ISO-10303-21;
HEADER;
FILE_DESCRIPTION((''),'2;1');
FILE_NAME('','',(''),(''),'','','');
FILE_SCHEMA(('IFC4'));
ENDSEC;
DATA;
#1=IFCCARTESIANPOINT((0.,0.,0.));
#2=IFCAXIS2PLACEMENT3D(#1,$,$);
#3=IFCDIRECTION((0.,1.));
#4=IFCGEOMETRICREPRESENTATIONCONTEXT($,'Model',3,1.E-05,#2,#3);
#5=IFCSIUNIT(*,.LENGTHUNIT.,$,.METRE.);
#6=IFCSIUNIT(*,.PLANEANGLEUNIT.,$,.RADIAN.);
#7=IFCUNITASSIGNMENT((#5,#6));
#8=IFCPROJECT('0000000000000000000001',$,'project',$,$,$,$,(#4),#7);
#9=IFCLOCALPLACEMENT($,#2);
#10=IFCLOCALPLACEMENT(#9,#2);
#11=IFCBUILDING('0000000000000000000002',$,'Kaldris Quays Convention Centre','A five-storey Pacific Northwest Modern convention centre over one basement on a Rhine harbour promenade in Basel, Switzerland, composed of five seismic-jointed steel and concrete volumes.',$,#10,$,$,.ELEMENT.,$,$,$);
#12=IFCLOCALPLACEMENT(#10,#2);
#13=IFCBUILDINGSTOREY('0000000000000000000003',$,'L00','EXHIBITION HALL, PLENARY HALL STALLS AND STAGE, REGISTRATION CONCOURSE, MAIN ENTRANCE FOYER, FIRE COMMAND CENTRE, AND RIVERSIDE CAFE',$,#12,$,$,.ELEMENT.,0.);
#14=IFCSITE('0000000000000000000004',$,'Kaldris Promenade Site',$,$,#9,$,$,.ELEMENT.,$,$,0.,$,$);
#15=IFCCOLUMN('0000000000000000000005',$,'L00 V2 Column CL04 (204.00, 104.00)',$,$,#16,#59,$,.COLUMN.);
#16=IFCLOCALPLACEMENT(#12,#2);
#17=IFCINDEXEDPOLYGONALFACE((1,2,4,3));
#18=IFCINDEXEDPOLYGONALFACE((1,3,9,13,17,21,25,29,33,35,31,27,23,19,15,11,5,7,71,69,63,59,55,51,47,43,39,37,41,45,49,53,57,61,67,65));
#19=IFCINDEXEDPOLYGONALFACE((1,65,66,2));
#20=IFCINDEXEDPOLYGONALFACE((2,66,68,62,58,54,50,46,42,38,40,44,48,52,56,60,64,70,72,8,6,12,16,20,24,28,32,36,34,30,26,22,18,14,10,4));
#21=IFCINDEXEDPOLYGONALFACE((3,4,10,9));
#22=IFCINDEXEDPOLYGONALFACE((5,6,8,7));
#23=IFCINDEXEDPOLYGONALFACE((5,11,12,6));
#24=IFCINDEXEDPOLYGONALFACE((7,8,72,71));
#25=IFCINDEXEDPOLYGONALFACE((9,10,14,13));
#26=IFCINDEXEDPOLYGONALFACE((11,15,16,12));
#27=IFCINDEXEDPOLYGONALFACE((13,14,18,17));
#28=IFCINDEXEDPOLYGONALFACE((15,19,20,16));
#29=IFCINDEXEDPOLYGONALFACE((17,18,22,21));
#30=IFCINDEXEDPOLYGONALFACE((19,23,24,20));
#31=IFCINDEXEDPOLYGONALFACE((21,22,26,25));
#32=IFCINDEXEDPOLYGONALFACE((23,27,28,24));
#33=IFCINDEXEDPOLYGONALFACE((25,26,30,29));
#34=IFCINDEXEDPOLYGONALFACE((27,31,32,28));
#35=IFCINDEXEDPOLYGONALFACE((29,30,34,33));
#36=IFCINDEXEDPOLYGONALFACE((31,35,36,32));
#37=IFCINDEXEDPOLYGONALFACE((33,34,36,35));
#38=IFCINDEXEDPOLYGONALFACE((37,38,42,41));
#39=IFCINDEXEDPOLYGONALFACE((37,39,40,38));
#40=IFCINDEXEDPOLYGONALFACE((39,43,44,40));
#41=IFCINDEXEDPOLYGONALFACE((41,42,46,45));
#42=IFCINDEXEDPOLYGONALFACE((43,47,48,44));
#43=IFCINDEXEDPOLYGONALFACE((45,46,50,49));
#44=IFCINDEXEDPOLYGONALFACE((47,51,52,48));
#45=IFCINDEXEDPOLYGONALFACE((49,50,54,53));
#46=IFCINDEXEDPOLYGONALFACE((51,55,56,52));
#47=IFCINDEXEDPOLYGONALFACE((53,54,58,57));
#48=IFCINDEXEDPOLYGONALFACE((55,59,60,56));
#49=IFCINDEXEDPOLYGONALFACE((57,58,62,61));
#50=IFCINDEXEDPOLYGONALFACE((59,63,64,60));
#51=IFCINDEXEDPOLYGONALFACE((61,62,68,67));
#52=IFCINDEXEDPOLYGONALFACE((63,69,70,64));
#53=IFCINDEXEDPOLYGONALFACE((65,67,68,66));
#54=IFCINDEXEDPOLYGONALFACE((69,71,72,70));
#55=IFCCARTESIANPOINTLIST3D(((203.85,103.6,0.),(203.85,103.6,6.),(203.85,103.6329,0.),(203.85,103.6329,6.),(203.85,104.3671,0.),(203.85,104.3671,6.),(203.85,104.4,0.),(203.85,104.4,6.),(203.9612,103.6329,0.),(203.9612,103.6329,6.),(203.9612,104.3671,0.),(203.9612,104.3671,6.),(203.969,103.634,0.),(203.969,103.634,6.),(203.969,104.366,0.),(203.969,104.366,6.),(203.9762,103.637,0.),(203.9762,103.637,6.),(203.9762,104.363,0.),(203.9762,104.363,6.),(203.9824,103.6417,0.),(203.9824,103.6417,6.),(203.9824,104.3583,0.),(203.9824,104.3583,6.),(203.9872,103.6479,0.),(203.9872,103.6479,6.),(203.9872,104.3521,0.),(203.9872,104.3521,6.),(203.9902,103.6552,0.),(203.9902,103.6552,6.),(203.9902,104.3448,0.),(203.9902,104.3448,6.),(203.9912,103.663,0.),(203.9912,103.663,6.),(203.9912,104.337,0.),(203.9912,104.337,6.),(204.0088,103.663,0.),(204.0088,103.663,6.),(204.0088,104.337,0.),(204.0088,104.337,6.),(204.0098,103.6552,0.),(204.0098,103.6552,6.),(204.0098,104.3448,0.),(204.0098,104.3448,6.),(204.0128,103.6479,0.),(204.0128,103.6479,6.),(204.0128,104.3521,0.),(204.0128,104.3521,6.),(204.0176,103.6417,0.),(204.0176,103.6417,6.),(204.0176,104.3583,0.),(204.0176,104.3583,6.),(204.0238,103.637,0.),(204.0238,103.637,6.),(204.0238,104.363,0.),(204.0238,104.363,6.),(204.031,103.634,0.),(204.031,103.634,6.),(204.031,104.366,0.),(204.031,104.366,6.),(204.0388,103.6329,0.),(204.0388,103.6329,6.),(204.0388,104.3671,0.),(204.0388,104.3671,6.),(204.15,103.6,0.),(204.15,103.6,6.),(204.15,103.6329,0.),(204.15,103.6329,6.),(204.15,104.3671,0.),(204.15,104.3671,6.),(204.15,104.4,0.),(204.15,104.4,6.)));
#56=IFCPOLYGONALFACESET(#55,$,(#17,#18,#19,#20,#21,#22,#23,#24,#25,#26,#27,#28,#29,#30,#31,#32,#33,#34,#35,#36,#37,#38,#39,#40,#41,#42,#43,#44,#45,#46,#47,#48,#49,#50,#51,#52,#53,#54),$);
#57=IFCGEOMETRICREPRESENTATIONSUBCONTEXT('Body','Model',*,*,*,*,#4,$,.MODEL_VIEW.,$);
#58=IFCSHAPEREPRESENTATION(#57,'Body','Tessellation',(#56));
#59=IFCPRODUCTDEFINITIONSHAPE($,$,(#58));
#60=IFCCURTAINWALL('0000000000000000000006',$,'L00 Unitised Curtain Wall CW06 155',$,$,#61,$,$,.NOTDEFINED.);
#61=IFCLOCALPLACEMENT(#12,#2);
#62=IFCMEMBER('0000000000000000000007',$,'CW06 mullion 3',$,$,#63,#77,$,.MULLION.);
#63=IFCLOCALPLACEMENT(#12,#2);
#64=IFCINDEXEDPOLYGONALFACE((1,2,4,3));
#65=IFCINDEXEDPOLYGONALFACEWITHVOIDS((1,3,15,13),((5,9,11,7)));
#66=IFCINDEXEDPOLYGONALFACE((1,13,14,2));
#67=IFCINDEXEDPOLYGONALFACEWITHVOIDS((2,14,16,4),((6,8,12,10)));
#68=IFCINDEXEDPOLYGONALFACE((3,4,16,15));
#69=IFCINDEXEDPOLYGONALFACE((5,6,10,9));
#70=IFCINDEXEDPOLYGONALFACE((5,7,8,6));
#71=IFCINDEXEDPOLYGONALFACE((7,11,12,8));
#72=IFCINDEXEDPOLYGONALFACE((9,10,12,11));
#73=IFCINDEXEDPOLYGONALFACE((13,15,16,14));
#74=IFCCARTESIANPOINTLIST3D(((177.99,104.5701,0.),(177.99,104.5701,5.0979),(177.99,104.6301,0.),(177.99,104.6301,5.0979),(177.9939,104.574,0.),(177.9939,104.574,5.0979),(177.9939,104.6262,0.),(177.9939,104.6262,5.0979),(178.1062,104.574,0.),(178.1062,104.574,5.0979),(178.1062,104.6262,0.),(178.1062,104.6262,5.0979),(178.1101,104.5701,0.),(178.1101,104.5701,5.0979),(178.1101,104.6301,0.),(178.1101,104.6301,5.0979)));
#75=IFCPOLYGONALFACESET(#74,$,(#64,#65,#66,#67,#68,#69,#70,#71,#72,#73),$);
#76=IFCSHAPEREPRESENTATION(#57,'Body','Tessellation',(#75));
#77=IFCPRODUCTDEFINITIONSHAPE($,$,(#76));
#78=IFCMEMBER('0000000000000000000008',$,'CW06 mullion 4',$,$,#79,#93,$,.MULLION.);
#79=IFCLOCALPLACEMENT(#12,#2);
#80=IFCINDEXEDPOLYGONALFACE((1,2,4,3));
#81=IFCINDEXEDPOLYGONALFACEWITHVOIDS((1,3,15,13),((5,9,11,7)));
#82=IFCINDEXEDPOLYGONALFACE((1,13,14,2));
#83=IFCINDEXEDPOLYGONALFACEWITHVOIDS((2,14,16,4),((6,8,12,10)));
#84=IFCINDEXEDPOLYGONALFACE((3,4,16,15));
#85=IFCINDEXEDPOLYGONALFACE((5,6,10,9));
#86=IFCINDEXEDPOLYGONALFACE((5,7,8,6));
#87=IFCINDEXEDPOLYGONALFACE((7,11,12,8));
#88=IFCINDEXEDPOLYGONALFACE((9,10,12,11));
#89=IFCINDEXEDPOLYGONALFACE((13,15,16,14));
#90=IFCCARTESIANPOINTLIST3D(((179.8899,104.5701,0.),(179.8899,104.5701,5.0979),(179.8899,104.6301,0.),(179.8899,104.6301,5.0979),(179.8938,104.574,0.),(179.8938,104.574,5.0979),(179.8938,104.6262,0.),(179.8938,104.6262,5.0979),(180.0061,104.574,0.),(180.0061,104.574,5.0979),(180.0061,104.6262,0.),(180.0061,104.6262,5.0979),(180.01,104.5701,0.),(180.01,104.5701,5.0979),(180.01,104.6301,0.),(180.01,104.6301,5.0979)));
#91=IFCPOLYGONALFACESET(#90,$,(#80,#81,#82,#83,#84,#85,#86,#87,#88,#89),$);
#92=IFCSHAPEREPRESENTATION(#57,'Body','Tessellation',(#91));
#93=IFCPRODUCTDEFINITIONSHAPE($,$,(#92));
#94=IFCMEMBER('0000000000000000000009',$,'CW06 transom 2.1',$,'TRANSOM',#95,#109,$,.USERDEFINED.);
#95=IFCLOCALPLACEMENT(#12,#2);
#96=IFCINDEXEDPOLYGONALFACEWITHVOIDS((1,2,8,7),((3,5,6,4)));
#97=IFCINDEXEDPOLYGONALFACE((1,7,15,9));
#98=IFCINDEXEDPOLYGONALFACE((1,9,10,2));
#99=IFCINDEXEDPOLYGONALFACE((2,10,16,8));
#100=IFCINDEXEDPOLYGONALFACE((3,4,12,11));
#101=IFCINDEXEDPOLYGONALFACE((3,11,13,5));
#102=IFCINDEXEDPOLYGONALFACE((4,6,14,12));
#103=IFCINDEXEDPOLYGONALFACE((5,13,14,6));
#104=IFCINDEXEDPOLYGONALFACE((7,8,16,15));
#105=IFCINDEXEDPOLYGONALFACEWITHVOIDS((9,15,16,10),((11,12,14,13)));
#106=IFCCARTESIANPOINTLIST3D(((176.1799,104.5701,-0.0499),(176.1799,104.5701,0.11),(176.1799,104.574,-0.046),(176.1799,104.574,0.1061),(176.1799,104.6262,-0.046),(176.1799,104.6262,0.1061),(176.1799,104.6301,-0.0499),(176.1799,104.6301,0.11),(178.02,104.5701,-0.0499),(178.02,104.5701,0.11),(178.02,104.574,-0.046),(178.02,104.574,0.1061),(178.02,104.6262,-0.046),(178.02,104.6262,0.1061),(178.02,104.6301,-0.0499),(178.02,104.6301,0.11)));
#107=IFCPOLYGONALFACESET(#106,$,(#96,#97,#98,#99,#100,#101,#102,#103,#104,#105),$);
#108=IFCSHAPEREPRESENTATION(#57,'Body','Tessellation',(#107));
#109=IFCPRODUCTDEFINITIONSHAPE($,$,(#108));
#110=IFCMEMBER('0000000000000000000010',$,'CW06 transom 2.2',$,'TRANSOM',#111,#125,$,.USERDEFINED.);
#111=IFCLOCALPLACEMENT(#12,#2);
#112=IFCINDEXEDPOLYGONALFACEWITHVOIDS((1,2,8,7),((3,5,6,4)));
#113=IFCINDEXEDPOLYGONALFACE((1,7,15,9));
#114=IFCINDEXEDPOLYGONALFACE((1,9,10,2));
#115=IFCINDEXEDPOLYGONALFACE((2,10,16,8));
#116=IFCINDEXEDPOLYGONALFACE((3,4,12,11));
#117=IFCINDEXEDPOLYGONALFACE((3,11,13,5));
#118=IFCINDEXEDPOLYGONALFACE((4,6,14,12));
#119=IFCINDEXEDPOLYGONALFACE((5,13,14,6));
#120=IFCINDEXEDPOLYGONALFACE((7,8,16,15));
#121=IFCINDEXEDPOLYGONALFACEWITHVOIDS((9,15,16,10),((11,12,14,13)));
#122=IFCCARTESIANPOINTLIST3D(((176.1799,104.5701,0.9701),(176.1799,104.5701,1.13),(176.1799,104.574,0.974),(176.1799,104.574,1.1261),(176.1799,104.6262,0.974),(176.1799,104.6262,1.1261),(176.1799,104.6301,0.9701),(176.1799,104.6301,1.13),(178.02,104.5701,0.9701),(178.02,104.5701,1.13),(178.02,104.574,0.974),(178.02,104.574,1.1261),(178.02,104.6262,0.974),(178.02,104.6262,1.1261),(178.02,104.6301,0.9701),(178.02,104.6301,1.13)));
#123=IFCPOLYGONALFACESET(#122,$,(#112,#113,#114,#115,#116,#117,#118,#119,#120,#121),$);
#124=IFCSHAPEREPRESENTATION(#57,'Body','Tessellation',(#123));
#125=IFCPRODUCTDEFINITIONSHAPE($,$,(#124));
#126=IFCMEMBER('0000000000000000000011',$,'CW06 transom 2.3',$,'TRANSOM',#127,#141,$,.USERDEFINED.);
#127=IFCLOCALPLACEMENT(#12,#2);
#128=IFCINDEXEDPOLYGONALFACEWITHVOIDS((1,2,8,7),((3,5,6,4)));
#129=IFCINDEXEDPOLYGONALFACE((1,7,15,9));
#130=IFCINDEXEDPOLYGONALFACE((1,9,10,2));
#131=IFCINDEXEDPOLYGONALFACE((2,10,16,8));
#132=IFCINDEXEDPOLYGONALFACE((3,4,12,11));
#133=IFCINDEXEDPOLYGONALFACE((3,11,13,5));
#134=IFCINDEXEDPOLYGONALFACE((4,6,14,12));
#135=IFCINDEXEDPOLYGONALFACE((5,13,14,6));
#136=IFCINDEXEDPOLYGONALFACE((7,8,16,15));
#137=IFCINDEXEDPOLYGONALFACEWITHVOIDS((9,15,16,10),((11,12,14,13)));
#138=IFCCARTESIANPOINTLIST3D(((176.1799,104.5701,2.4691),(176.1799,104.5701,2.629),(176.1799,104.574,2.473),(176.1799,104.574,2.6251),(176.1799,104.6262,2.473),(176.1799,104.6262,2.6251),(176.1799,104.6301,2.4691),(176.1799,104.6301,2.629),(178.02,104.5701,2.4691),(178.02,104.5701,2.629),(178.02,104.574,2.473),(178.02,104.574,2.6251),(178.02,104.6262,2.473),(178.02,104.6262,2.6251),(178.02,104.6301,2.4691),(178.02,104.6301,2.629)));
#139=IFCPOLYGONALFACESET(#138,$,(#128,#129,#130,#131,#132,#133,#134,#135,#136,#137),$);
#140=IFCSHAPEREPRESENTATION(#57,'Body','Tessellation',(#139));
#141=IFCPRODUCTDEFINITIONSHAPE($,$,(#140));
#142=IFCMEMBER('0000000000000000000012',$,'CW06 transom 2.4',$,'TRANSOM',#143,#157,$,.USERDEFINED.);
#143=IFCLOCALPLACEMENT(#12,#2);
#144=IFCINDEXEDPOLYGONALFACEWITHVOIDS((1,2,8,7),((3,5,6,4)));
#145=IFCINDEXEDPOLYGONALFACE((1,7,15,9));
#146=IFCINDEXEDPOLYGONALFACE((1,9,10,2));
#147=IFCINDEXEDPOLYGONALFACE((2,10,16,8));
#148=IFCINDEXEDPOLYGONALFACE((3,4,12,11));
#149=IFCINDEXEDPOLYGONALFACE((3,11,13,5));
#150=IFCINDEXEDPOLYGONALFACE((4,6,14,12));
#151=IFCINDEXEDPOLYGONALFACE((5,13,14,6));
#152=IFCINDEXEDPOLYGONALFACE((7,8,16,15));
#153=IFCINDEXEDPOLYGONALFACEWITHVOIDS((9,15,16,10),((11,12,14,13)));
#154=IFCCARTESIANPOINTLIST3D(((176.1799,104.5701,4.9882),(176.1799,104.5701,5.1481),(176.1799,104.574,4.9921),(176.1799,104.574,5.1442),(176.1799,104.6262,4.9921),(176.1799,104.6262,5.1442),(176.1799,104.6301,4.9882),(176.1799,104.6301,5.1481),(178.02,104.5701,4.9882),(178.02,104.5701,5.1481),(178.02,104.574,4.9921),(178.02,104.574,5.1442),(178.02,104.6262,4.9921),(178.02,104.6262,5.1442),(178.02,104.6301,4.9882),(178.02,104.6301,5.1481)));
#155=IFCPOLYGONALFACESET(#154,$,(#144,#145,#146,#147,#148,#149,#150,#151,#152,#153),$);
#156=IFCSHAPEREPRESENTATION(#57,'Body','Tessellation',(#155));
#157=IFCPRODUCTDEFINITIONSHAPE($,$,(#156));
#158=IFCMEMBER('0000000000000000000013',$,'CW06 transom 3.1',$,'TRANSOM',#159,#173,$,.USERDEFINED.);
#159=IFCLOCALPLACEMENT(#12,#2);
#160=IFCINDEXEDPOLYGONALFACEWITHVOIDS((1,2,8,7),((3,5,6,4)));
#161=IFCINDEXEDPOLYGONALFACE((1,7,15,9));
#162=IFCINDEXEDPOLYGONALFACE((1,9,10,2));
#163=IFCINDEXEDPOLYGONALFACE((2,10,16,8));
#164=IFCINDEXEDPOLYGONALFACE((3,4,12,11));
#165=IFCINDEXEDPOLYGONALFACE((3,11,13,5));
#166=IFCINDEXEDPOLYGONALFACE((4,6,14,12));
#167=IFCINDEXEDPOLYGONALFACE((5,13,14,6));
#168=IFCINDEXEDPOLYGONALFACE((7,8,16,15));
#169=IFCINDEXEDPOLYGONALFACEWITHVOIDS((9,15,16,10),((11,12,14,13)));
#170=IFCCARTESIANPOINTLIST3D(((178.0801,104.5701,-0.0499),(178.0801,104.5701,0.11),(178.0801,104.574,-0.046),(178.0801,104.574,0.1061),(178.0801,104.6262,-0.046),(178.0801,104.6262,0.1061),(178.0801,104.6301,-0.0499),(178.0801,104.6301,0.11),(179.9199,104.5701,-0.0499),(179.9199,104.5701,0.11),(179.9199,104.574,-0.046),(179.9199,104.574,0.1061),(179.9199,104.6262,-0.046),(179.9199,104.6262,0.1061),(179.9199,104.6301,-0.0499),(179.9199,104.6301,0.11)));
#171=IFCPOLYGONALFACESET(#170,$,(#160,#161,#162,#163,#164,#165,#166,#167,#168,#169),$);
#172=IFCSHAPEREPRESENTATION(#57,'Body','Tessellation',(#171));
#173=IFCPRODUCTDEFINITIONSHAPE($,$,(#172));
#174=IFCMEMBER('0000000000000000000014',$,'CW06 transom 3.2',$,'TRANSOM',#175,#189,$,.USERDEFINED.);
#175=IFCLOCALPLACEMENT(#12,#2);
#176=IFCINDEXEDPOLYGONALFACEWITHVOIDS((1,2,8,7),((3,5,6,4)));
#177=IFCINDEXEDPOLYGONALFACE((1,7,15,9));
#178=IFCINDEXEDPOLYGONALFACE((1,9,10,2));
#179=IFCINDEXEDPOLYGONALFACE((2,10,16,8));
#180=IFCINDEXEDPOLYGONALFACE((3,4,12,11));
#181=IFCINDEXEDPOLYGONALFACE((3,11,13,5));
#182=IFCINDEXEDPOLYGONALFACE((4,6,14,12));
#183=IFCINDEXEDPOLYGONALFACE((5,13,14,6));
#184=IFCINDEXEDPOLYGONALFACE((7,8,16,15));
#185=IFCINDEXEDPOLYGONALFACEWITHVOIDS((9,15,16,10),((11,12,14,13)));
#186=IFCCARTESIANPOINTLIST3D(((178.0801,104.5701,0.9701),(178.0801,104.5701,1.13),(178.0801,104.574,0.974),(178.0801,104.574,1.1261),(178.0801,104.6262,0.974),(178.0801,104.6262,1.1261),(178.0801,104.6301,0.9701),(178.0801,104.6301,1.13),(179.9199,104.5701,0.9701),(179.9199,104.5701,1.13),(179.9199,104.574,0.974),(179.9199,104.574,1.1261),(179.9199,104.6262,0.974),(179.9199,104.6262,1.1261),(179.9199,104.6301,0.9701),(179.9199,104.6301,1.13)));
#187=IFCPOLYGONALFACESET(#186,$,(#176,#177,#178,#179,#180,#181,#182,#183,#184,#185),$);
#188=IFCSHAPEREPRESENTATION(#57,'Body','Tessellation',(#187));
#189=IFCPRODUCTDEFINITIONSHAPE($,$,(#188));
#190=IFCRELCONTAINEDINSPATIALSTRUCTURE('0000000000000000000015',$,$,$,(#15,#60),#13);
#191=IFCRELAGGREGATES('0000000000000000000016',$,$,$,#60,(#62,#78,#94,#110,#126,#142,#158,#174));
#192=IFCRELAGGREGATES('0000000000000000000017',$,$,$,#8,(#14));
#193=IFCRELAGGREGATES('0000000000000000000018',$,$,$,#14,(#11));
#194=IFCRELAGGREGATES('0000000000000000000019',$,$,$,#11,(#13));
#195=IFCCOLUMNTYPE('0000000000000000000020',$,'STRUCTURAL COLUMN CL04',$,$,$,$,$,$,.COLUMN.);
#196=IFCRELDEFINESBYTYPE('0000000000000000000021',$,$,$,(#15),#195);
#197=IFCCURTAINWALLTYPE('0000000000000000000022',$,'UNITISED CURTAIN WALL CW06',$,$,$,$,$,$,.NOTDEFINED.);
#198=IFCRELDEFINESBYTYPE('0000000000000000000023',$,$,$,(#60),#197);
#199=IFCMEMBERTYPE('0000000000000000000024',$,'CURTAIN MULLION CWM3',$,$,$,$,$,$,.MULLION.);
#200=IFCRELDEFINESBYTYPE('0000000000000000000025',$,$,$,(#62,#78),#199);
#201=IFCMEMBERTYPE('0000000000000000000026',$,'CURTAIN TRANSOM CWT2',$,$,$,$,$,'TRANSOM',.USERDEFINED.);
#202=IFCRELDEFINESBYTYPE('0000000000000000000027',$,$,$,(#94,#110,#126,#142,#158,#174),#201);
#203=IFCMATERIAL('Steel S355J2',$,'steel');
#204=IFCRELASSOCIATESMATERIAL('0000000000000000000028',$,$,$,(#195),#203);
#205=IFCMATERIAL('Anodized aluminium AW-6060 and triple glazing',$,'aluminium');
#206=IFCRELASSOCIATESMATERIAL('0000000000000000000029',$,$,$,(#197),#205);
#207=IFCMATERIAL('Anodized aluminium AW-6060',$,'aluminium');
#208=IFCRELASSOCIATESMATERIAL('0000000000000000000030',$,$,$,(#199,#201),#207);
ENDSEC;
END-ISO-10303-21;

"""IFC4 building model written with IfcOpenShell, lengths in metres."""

from ifc_helpers import new_model, si_unit, direction, frame, origin, origin_2d, place, context, subcontext, project, spatial, hollow_rectangle, i_section, extrude, material, material_profile, profile_set, type_object, element, aggregate, save


model = new_model("IFC4")

# Units and contexts
model_context = context("Model", 3, precision=1e-05, world=origin(), true_north=direction((0.0, 1.0)))
body_context = subcontext(model_context, "Body", "Model", "MODEL_VIEW")
ifc_project = project(units=[si_unit("LENGTHUNIT", "METRE"), si_unit("PLANEANGLEUNIT", "RADIAN")], contexts=[model_context])

# Site, building, storey
site_placement = place(None, origin())
site = spatial("IfcSite", under=ifc_project, at=site_placement, Name="Kaldris Promenade Site", CompositionType="ELEMENT", RefElevation=0.0)
building_placement = place(site_placement, origin())
building = spatial("IfcBuilding", under=site, at=building_placement, Name="Kaldris Quays Convention Centre", Description="A five-storey Pacific Northwest Modern convention centre over one basement on a Rhine harbour promenade in Basel, Switzerland, composed of five seismic-jointed steel and concrete volumes.", CompositionType="ELEMENT")
storey_placement = place(building_placement, origin())
storey = spatial("IfcBuildingStorey", under=building, at=storey_placement, Name="L00", Description="EXHIBITION HALL, PLENARY HALL STALLS AND STAGE, REGISTRATION CONCOURSE, MAIN ENTRANCE FOYER, FIRE COMMAND CENTRE, AND RIVERSIDE CAFE", CompositionType="ELEMENT", Elevation=0.0)

# Column
ifc_material_1 = material(Name="Steel S355J2", Category="steel")
ifc_material_profile_1 = material_profile(ifc_material_1, i_section(OverallWidth=0.3, OverallDepth=0.8, WebThickness=0.0176, FlangeThickness=0.033, FilletRadius=0.03, at=origin_2d()), Name="HEB 800")
ifc_profile_set_1 = profile_set([ifc_material_profile_1], Name="Steel S355J2")
column_type = type_object("IfcColumnType", Name="STRUCTURAL COLUMN CL04", PredefinedType="COLUMN", material=ifc_profile_set_1)
column_placement = place(storey_placement, frame((204.0, 104.0, 0.0), z_axis=(0.0, 0.0, 1.0), x_axis=(1.0, 0.0, 0.0)))
element("IfcColumn", 1, at=column_placement, inside=storey, type_object=column_type, Name="L00 V2 Column CL04 (204.00, 104.00)", PredefinedType="COLUMN", context=body_context, shape_type="SweptSolid", body=[
    extrude(i_section(OverallWidth=0.3, OverallDepth=0.8, WebThickness=0.0176, FlangeThickness=0.033, FilletRadius=0.03, at=origin_2d()), origin(), (0.0, 0.0, 1.0), 6.0),
])

# Curtain wall, members
ifc_material_2 = material(Name="Anodized aluminium AW-6060 and triple glazing", Category="aluminium")
curtain_wall_type = type_object("IfcCurtainWallType", Name="UNITISED CURTAIN WALL CW06", PredefinedType="NOTDEFINED", material=ifc_material_2)
curtain_wall_placement = place(storey_placement, origin())
curtain_wall = element("IfcCurtainWall", 2, at=curtain_wall_placement, inside=storey, type_object=curtain_wall_type, Name="L00 Unitised Curtain Wall CW06 155", PredefinedType="NOTDEFINED")
ifc_material_3 = material(Name="Anodized aluminium AW-6060", Category="aluminium")
ifc_material_profile_2 = material_profile(ifc_material_3, hollow_rectangle(XDim=0.0601, YDim=0.1201, WallThickness=0.0039, at=origin_2d()), Name="RHS 120x60x4")
ifc_profile_set_2 = profile_set([ifc_material_profile_2], Name="Anodized aluminium AW-6060")
member_type_1 = type_object("IfcMemberType", Name="CURTAIN MULLION CWM3", PredefinedType="MULLION", material=ifc_profile_set_2)
member_1_placement = place(storey_placement, frame((178.05, 104.6001, 0.0), z_axis=(0.0, 0.0, 1.0), x_axis=(0.0, 1.0, 0.0)))
member_1 = element("IfcMember", 3, at=member_1_placement, type_object=member_type_1, Name="CW06 mullion 3", PredefinedType="MULLION", context=body_context, shape_type="SweptSolid", body=[
    extrude(hollow_rectangle(XDim=0.0601, YDim=0.1201, WallThickness=0.0039, at=origin_2d()), origin(), (0.0, 0.0, 1.0), 5.0979),
])
member_2_placement = place(storey_placement, frame((179.95, 104.6001, 0.0), z_axis=(0.0, 0.0, 1.0), x_axis=(0.0, 1.0, 0.0)))
member_2 = element("IfcMember", 4, at=member_2_placement, type_object=member_type_1, Name="CW06 mullion 4", PredefinedType="MULLION", context=body_context, shape_type="SweptSolid", body=[
    extrude(hollow_rectangle(XDim=0.0601, YDim=0.1201, WallThickness=0.0039, at=origin_2d()), origin(), (0.0, 0.0, 1.0), 5.0979),
])
ifc_material_profile_3 = material_profile(ifc_material_3, hollow_rectangle(XDim=0.0601, YDim=0.1599, WallThickness=0.0039, at=origin_2d()), Name="RHS 160x60x4")
ifc_profile_set_3 = profile_set([ifc_material_profile_3], Name="Anodized aluminium AW-6060")
member_type_2 = type_object("IfcMemberType", Name="CURTAIN TRANSOM CWT2", ElementType="TRANSOM", PredefinedType="USERDEFINED", material=ifc_profile_set_3)
member_3_placement = place(storey_placement, frame((176.1799, 104.6001, 0.03), z_axis=(1.0, 0.0, 0.0), x_axis=(0.0, 1.0, 0.0)))
member_3 = element("IfcMember", 5, at=member_3_placement, type_object=member_type_2, Name="CW06 transom 2.1", ObjectType="TRANSOM", PredefinedType="USERDEFINED", context=body_context, shape_type="SweptSolid", body=[
    extrude(hollow_rectangle(XDim=0.0601, YDim=0.1599, WallThickness=0.0039, at=origin_2d()), origin(), (0.0, 0.0, 1.0), 1.8401),
])
member_4_placement = place(storey_placement, frame((176.1799, 104.6001, 1.05), z_axis=(1.0, 0.0, 0.0), x_axis=(0.0, 1.0, 0.0)))
member_4 = element("IfcMember", 6, at=member_4_placement, type_object=member_type_2, Name="CW06 transom 2.2", ObjectType="TRANSOM", PredefinedType="USERDEFINED", context=body_context, shape_type="SweptSolid", body=[
    extrude(hollow_rectangle(XDim=0.0601, YDim=0.1599, WallThickness=0.0039, at=origin_2d()), origin(), (0.0, 0.0, 1.0), 1.8401),
])
member_5_placement = place(storey_placement, frame((176.1799, 104.6001, 2.5491), z_axis=(1.0, 0.0, 0.0), x_axis=(0.0, 1.0, 0.0)))
member_5 = element("IfcMember", 7, at=member_5_placement, type_object=member_type_2, Name="CW06 transom 2.3", ObjectType="TRANSOM", PredefinedType="USERDEFINED", context=body_context, shape_type="SweptSolid", body=[
    extrude(hollow_rectangle(XDim=0.0601, YDim=0.1599, WallThickness=0.0039, at=origin_2d()), origin(), (0.0, 0.0, 1.0), 1.8401),
])
member_6_placement = place(storey_placement, frame((176.1799, 104.6001, 5.0681), z_axis=(1.0, 0.0, 0.0), x_axis=(0.0, 1.0, 0.0)))
member_6 = element("IfcMember", 8, at=member_6_placement, type_object=member_type_2, Name="CW06 transom 2.4", ObjectType="TRANSOM", PredefinedType="USERDEFINED", context=body_context, shape_type="SweptSolid", body=[
    extrude(hollow_rectangle(XDim=0.0601, YDim=0.1599, WallThickness=0.0039, at=origin_2d()), origin(), (0.0, 0.0, 1.0), 1.8401),
])
member_7_placement = place(storey_placement, frame((178.0801, 104.6001, 0.03), z_axis=(1.0, 0.0, 0.0), x_axis=(0.0, 1.0, 0.0)))
member_7 = element("IfcMember", 9, at=member_7_placement, type_object=member_type_2, Name="CW06 transom 3.1", ObjectType="TRANSOM", PredefinedType="USERDEFINED", context=body_context, shape_type="SweptSolid", body=[
    extrude(hollow_rectangle(XDim=0.0601, YDim=0.1599, WallThickness=0.0039, at=origin_2d()), origin(), (0.0, 0.0, 1.0), 1.8398),
])
member_8_placement = place(storey_placement, frame((178.0801, 104.6001, 1.05), z_axis=(1.0, 0.0, 0.0), x_axis=(0.0, 1.0, 0.0)))
member_8 = element("IfcMember", 10, at=member_8_placement, type_object=member_type_2, Name="CW06 transom 3.2", ObjectType="TRANSOM", PredefinedType="USERDEFINED", context=body_context, shape_type="SweptSolid", body=[
    extrude(hollow_rectangle(XDim=0.0601, YDim=0.1599, WallThickness=0.0039, at=origin_2d()), origin(), (0.0, 0.0, 1.0), 1.8398),
])
aggregate(curtain_wall, [member_1, member_2, member_3, member_4, member_5, member_6, member_7, member_8])

save(model, "model.ifc")
